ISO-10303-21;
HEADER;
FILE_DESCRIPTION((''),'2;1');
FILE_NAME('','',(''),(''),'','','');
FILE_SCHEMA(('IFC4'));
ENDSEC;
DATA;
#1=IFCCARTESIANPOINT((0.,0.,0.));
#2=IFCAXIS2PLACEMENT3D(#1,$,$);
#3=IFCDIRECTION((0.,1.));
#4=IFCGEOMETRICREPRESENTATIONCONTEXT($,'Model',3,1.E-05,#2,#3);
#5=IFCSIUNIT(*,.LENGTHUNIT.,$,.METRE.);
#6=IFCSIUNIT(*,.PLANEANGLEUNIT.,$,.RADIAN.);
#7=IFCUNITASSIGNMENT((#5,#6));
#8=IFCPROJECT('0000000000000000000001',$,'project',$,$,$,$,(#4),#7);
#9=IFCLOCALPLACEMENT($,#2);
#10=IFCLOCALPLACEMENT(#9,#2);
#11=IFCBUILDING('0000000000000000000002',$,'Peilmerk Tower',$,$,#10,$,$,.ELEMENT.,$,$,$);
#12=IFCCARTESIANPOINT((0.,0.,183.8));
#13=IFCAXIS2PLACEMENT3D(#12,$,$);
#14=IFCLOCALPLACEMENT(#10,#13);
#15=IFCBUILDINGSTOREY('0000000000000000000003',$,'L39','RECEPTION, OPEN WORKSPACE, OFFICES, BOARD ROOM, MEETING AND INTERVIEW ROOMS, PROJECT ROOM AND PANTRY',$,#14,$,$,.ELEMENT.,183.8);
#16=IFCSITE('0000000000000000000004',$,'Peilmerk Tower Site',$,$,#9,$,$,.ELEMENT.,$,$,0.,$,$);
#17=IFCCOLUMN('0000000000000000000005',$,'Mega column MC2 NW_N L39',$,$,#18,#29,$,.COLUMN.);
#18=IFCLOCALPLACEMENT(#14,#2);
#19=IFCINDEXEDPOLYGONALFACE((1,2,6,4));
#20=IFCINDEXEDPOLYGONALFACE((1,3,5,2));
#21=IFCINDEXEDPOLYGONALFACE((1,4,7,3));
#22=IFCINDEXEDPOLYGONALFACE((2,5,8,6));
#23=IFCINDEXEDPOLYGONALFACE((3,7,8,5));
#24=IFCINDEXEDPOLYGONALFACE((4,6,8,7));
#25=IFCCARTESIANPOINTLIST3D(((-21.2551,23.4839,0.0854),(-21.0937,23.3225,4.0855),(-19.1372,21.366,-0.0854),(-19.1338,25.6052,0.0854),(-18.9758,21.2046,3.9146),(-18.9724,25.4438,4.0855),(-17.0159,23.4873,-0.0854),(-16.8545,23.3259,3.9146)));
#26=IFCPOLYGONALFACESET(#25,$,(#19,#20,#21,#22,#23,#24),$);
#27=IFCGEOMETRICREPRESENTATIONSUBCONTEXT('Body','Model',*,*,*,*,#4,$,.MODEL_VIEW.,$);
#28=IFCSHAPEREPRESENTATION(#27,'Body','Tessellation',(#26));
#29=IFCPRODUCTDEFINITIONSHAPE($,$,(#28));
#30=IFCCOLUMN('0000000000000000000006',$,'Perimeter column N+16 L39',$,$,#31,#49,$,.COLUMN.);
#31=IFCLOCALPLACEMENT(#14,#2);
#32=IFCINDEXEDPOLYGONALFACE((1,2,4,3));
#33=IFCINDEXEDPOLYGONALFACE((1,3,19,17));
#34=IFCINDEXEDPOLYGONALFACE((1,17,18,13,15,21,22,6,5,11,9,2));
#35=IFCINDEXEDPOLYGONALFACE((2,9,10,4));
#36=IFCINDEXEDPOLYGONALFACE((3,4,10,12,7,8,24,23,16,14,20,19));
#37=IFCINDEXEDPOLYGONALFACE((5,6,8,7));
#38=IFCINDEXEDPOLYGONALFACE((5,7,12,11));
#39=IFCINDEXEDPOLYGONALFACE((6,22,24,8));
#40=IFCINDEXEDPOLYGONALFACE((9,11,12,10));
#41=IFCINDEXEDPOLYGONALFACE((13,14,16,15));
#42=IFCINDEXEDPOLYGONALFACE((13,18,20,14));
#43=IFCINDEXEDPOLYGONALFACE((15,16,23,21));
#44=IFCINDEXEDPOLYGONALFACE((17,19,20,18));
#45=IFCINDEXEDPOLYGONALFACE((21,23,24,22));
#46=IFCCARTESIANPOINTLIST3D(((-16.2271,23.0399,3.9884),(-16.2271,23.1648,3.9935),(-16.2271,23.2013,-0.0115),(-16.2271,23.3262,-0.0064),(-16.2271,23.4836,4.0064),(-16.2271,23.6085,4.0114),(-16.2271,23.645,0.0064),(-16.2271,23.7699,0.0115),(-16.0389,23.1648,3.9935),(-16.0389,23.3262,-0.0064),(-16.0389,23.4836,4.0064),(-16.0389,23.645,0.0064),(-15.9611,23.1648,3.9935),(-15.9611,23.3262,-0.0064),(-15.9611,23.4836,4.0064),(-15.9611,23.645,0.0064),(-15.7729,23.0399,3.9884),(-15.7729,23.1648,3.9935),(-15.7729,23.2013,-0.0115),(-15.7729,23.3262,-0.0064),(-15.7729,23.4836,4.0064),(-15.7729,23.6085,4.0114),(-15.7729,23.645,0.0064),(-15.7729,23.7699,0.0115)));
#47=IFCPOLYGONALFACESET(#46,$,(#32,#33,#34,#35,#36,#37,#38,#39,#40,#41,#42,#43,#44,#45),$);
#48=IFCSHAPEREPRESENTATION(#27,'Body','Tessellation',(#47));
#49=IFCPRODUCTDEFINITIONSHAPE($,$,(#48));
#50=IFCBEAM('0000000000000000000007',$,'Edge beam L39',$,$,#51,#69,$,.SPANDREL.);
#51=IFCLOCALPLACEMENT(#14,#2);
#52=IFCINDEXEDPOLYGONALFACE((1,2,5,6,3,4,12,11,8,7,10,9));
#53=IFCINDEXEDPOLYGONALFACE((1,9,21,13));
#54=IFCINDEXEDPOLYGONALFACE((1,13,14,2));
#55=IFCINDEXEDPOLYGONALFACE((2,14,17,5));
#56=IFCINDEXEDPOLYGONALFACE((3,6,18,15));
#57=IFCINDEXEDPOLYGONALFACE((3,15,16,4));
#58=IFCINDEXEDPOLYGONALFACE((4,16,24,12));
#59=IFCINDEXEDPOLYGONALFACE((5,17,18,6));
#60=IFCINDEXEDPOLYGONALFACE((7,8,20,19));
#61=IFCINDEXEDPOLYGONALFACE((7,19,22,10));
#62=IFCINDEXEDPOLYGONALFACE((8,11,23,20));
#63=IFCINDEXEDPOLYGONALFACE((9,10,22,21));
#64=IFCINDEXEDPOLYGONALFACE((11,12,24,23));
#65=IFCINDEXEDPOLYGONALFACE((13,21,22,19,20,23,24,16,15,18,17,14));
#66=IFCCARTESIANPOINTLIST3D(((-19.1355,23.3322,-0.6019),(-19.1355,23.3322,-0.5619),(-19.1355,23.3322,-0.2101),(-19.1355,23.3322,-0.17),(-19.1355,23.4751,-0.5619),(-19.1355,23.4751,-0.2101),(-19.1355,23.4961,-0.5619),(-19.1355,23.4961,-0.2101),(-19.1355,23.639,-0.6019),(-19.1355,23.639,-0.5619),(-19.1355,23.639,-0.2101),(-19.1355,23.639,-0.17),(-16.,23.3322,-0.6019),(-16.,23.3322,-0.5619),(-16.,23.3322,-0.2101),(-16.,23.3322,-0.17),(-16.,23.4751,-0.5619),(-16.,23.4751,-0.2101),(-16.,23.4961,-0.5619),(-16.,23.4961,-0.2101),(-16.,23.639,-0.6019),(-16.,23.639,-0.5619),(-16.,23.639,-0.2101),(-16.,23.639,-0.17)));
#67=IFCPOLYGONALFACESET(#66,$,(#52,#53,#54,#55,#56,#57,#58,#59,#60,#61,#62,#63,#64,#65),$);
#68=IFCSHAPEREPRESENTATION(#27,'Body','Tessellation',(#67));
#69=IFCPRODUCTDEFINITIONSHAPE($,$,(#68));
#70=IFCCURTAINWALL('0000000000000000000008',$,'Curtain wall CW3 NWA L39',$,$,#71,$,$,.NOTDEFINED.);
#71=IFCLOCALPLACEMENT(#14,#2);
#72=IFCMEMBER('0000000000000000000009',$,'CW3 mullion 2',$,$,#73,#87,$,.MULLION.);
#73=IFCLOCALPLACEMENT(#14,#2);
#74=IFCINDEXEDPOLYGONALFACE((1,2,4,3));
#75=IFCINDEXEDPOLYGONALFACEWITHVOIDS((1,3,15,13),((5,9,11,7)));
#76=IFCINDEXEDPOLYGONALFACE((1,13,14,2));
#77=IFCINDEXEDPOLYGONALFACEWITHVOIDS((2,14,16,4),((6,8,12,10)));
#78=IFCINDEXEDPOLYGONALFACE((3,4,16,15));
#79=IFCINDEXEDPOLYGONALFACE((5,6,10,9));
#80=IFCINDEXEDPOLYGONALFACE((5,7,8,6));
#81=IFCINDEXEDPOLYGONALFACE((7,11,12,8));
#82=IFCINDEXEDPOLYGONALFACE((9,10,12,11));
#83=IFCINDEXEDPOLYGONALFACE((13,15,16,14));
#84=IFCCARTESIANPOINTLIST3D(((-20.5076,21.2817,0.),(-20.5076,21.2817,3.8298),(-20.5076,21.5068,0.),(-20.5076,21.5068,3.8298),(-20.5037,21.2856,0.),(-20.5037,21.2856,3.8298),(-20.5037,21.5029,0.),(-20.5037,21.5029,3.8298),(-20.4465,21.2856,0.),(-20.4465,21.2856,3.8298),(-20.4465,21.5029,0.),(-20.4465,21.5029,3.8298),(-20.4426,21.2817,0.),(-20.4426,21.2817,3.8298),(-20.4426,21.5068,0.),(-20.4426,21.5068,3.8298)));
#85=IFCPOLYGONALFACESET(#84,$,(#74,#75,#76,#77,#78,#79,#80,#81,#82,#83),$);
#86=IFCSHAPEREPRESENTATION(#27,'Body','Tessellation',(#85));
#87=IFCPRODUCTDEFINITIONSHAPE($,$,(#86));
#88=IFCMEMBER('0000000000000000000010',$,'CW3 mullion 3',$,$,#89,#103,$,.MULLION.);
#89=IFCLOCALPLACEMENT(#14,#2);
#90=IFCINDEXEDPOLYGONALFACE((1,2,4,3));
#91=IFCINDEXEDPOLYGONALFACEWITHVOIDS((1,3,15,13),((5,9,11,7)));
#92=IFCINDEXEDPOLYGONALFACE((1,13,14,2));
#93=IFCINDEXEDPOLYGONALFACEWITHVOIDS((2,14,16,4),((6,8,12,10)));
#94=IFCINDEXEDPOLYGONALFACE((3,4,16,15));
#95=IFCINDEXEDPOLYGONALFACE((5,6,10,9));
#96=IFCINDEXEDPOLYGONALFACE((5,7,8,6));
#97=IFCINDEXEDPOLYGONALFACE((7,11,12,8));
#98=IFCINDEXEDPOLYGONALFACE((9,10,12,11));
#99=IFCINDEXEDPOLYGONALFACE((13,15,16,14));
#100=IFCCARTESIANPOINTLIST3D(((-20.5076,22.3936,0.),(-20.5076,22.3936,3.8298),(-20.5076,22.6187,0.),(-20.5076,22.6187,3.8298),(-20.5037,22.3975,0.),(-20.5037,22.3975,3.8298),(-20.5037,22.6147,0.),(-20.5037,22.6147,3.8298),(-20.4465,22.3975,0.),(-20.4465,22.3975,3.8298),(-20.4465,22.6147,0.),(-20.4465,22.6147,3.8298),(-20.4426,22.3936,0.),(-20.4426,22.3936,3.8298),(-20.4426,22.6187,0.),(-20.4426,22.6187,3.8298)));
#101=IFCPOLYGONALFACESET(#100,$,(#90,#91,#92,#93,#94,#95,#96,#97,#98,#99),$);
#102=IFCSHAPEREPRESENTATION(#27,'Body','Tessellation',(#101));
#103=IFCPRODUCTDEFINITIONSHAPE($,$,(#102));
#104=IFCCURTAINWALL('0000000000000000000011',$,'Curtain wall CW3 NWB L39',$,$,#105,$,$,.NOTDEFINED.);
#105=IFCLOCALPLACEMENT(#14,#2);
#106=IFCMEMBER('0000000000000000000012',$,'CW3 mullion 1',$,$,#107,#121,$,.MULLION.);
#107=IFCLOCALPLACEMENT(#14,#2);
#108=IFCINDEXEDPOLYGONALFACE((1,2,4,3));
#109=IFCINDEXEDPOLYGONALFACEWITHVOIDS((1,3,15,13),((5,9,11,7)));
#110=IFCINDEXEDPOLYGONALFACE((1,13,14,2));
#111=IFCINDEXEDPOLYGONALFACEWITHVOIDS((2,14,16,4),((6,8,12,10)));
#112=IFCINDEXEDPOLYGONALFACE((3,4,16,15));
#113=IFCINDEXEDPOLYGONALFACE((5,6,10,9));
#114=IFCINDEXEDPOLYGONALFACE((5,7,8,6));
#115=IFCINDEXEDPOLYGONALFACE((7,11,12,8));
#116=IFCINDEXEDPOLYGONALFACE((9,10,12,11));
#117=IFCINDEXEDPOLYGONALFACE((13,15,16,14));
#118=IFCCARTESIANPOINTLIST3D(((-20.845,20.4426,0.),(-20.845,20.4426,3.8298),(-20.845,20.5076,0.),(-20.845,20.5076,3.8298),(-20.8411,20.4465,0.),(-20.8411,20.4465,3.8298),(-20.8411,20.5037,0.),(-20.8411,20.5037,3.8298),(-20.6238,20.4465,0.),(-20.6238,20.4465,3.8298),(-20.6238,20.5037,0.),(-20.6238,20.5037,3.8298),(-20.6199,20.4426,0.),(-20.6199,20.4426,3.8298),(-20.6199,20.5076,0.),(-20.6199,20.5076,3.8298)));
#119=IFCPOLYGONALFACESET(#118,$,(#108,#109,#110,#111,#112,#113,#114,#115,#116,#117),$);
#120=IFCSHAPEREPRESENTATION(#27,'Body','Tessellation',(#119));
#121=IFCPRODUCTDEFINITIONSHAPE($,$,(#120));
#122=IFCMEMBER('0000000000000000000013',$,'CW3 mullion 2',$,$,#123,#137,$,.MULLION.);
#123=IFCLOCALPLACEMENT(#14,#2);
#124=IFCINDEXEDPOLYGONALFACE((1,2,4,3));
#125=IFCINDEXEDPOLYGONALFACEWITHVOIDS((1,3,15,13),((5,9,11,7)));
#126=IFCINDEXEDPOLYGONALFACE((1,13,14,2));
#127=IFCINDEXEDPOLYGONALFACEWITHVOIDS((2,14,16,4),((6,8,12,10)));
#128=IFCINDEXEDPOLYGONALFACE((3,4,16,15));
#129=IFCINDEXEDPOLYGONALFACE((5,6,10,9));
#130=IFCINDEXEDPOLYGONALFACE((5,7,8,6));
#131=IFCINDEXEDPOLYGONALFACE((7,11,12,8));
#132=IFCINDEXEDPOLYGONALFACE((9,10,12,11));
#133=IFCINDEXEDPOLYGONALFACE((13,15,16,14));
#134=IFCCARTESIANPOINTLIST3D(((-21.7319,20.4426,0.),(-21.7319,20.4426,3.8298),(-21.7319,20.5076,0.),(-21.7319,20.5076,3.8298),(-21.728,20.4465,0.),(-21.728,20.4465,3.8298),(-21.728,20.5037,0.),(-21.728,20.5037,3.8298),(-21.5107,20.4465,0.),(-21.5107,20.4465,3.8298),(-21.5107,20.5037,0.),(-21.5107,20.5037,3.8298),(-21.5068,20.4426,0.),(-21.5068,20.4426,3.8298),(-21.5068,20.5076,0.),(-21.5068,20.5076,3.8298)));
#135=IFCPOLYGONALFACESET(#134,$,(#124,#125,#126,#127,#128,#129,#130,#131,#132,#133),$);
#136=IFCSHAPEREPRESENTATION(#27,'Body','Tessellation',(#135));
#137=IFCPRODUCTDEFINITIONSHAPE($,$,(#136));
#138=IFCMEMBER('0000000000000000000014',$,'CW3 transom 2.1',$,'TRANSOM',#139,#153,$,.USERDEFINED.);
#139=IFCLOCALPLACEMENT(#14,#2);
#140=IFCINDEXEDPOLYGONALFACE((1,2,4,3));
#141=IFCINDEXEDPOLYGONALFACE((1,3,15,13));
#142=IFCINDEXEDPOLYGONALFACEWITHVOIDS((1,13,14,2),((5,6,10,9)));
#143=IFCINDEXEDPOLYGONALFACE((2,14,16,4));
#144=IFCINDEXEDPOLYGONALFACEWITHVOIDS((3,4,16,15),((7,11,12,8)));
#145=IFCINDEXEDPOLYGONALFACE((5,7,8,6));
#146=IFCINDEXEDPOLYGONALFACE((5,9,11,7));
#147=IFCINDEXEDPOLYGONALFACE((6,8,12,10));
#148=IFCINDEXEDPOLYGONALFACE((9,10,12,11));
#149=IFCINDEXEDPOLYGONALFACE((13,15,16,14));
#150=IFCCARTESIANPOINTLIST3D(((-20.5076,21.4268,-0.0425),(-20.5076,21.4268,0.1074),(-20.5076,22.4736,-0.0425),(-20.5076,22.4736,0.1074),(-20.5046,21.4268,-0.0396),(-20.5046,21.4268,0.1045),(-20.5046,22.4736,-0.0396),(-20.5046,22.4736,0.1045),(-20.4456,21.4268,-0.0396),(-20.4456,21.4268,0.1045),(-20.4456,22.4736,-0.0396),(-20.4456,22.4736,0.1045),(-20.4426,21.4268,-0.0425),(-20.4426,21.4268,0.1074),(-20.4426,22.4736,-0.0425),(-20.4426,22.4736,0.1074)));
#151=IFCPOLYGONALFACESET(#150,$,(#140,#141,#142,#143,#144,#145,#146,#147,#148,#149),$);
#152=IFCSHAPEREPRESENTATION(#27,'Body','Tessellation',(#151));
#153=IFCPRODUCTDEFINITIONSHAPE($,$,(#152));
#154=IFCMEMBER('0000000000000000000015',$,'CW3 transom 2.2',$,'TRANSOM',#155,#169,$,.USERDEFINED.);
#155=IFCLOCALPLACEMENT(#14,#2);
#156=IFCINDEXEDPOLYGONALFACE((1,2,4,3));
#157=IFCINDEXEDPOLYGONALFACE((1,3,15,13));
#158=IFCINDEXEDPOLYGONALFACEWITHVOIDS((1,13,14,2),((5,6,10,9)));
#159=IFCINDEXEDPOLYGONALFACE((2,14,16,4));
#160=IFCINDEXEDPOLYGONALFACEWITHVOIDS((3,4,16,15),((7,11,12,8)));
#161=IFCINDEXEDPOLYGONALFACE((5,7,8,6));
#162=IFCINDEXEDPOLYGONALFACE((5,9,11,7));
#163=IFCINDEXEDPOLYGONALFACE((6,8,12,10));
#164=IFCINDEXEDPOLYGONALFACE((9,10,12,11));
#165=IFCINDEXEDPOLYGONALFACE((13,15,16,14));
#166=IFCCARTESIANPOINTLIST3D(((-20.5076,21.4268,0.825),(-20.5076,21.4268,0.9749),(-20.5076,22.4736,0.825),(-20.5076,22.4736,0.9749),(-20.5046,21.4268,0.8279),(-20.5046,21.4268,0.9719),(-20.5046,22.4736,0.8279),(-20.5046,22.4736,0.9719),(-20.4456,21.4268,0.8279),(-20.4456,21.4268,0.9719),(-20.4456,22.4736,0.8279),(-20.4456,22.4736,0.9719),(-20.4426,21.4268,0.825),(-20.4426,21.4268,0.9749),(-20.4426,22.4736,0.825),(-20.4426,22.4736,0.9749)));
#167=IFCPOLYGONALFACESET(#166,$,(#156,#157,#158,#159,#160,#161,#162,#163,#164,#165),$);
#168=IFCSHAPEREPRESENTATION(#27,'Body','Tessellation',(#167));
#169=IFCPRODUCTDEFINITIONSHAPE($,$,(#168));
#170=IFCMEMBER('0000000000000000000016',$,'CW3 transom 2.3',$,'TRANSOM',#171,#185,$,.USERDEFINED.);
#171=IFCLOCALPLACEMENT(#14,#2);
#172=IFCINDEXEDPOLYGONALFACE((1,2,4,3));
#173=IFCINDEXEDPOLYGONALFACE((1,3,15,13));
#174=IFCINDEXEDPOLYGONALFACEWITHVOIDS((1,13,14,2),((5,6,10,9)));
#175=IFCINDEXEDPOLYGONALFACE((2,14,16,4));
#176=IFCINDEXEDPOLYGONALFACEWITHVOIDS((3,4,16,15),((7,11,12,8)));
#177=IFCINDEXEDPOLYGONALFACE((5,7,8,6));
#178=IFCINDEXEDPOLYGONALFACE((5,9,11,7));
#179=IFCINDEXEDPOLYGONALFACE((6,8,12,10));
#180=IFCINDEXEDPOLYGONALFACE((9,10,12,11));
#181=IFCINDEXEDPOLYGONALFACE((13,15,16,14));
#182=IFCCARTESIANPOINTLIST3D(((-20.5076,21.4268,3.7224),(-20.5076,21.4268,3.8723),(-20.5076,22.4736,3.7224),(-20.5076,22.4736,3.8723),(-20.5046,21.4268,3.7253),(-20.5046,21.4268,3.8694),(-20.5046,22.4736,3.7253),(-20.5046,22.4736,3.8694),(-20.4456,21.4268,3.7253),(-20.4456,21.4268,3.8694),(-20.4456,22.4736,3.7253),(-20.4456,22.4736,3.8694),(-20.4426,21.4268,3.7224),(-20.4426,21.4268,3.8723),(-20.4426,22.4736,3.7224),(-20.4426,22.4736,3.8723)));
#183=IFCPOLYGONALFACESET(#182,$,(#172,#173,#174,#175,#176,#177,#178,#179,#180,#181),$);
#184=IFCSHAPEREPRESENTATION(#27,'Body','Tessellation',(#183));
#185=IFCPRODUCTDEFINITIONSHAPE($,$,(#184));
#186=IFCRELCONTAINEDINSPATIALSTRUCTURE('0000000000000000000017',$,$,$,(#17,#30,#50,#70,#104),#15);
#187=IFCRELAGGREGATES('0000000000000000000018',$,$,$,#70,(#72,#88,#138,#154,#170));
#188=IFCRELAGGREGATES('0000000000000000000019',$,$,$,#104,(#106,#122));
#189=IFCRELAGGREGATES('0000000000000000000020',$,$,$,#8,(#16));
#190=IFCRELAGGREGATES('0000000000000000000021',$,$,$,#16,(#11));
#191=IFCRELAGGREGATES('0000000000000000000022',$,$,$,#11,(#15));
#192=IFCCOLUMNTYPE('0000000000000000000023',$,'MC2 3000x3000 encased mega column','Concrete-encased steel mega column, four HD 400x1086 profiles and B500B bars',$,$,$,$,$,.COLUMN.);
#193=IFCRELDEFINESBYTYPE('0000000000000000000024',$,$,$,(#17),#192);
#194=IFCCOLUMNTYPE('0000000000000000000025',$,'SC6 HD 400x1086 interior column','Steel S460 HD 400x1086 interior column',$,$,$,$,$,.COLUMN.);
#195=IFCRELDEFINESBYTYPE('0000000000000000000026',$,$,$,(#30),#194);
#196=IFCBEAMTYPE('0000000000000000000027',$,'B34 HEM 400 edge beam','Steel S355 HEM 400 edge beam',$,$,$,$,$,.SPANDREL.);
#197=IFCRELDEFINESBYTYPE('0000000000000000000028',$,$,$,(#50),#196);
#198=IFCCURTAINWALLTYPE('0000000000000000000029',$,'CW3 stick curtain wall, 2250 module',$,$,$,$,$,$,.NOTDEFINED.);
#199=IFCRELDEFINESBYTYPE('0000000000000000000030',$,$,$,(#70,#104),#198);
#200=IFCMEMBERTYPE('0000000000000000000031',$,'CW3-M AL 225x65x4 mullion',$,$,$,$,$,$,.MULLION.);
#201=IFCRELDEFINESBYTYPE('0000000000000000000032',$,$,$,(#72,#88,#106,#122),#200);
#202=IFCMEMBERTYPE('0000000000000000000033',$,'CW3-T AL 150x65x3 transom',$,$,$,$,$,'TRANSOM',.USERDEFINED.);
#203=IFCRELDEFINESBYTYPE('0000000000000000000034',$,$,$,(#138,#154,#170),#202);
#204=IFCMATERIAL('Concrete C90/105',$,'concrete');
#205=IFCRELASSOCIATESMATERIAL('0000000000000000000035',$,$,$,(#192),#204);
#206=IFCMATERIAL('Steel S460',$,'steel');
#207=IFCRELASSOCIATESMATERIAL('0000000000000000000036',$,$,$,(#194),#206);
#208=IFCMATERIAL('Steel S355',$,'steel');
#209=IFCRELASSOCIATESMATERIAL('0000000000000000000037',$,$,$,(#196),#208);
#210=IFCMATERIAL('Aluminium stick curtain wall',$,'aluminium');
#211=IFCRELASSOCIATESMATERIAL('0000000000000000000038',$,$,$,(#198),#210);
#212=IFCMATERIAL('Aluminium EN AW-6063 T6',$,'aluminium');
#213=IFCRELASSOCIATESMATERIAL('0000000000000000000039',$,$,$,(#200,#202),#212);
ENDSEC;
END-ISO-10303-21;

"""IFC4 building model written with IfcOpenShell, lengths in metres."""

from ifc_helpers import new_model, si_unit, direction, frame, origin, origin_2d, place, context, subcontext, project, spatial, rectangle, hollow_rectangle, i_section, extrude, material, material_profile, profile_set, type_object, element, aggregate, save


model = new_model("IFC4")

# Units and contexts
model_context = context("Model", 3, precision=1e-05, world=origin(), true_north=direction((0.0, 1.0)))
body_context = subcontext(model_context, "Body", "Model", "MODEL_VIEW")
ifc_project = project(units=[si_unit("LENGTHUNIT", "METRE"), si_unit("PLANEANGLEUNIT", "RADIAN")], contexts=[model_context])

# Site, building, storey
site_placement = place(None, origin())
site = spatial("IfcSite", under=ifc_project, at=site_placement, Name="Peilmerk Tower Site", CompositionType="ELEMENT", RefElevation=0.0)
building_placement = place(site_placement, origin())
building = spatial("IfcBuilding", under=site, at=building_placement, Name="Peilmerk Tower", CompositionType="ELEMENT")
storey_placement = place(building_placement, frame((0.0, 0.0, 183.8)))
storey = spatial("IfcBuildingStorey", under=building, at=storey_placement, Name="L39", Description="RECEPTION, OPEN WORKSPACE, OFFICES, BOARD ROOM, MEETING AND INTERVIEW ROOMS, PROJECT ROOM AND PANTRY", CompositionType="ELEMENT", Elevation=183.8)

# Columns
ifc_material_1 = material(Name="Concrete C90/105", Category="concrete")
ifc_material_profile_1 = material_profile(ifc_material_1, rectangle(XDim=3.0, YDim=3.0, at=origin_2d()), Name="RC 3000x3000")
ifc_profile_set_1 = profile_set([ifc_material_profile_1], Name="Concrete C90/105")
column_type_1 = type_object("IfcColumnType", Name="MC2 3000x3000 encased mega column", Description="Concrete-encased steel mega column, four HD 400x1086 profiles and B500B bars", PredefinedType="COLUMN", material=ifc_profile_set_1)
column_1_placement = place(storey_placement, frame((-19.1355, 23.4856, 0.0), z_axis=(0.040279, -0.040279, 0.998376), x_axis=(0.707107, 0.707107, 0.0)))
element("IfcColumn", 1, at=column_1_placement, inside=storey, type_object=column_type_1, Name="Mega column MC2 NW_N L39", PredefinedType="COLUMN", context=body_context, shape_type="SweptSolid", body=[
    extrude(rectangle(XDim=3.0, YDim=3.0, at=origin_2d()), origin(), (0.0, 0.0, 1.0), 4.0066),
])
ifc_material_2 = material(Name="Steel S460", Category="steel")
ifc_material_profile_2 = material_profile(ifc_material_2, i_section(OverallWidth=0.4541, OverallDepth=0.5691, WebThickness=0.0779, FlangeThickness=0.125, at=origin_2d()), Name="HD 400x1086")
ifc_profile_set_2 = profile_set([ifc_material_profile_2], Name="Steel S460")
column_type_2 = type_object("IfcColumnType", Name="SC6 HD 400x1086 interior column", Description="Steel S460 HD 400x1086 interior column", PredefinedType="COLUMN", material=ifc_profile_set_2)
column_2_placement = place(storey_placement, frame((-16.0, 23.4856, 0.0), z_axis=(0.0, -0.040311, 0.999187), x_axis=(1.0, 0.0, 0.0)))
element("IfcColumn", 2, at=column_2_placement, inside=storey, type_object=column_type_2, Name="Perimeter column N+16 L39", PredefinedType="COLUMN", context=body_context, shape_type="SweptSolid", body=[
    extrude(i_section(OverallWidth=0.4541, OverallDepth=0.5691, WebThickness=0.0779, FlangeThickness=0.125, at=origin_2d()), origin(), (0.0, 0.0, 1.0), 4.0032),
])

# Beam
ifc_material_3 = material(Name="Steel S355", Category="steel")
ifc_material_profile_3 = material_profile(ifc_material_3, i_section(OverallWidth=0.3069, OverallDepth=0.4319, WebThickness=0.021, FlangeThickness=0.04, at=origin_2d()), Name="HEM 400")
ifc_profile_set_3 = profile_set([ifc_material_profile_3], Name="Steel S355")
beam_type = type_object("IfcBeamType", Name="B34 HEM 400 edge beam", Description="Steel S355 HEM 400 edge beam", PredefinedType="SPANDREL", material=ifc_profile_set_3)
beam_placement = place(storey_placement, frame((-16.0, 23.4856, -0.386), z_axis=(-1.0, 0.0, 0.0), x_axis=(0.0, -1.0, 0.0)))
element("IfcBeam", 3, at=beam_placement, inside=storey, type_object=beam_type, Name="Edge beam L39", PredefinedType="SPANDREL", context=body_context, shape_type="SweptSolid", body=[
    extrude(i_section(OverallWidth=0.3069, OverallDepth=0.4319, WebThickness=0.021, FlangeThickness=0.04, at=origin_2d()), origin(), (0.0, 0.0, 1.0), 3.1355),
])

# Curtain walls, members
ifc_material_4 = material(Name="Aluminium stick curtain wall", Category="aluminium")
curtain_wall_type = type_object("IfcCurtainWallType", Name="CW3 stick curtain wall, 2250 module", PredefinedType="NOTDEFINED", material=ifc_material_4)
curtain_wall_1_placement = place(storey_placement, origin())
curtain_wall_1 = element("IfcCurtainWall", 4, at=curtain_wall_1_placement, inside=storey, type_object=curtain_wall_type, Name="Curtain wall CW3 NWA L39", PredefinedType="NOTDEFINED")
ifc_material_5 = material(Name="Aluminium EN AW-6063 T6", Category="aluminium")
ifc_material_profile_4 = material_profile(ifc_material_5, hollow_rectangle(XDim=0.0649, YDim=0.2251, WallThickness=0.0039, at=origin_2d()), Name="AL 225x65x4")
ifc_profile_set_4 = profile_set([ifc_material_profile_4], Name="Aluminium EN AW-6063 T6")
member_type_1 = type_object("IfcMemberType", Name="CW3-M AL 225x65x4 mullion", PredefinedType="MULLION", material=ifc_profile_set_4)
member_1_placement = place(storey_placement, frame((-20.4751, 21.3943, 0.0), z_axis=(0.0, 0.0, 1.0), x_axis=(-1.0, 0.0, 0.0)))
member_1 = element("IfcMember", 5, at=member_1_placement, type_object=member_type_1, Name="CW3 mullion 2", PredefinedType="MULLION", context=body_context, shape_type="SweptSolid", body=[
    extrude(hollow_rectangle(XDim=0.0649, YDim=0.2251, WallThickness=0.0039, at=origin_2d()), origin(), (0.0, 0.0, 1.0), 3.8298),
])
member_2_placement = place(storey_placement, frame((-20.4751, 22.5061, 0.0), z_axis=(0.0, 0.0, 1.0), x_axis=(-1.0, 0.0, 0.0)))
member_2 = element("IfcMember", 6, at=member_2_placement, type_object=member_type_1, Name="CW3 mullion 3", PredefinedType="MULLION", context=body_context, shape_type="SweptSolid", body=[
    extrude(hollow_rectangle(XDim=0.0649, YDim=0.2251, WallThickness=0.0039, at=origin_2d()), origin(), (0.0, 0.0, 1.0), 3.8298),
])
curtain_wall_2_placement = place(storey_placement, origin())
curtain_wall_2 = element("IfcCurtainWall", 7, at=curtain_wall_2_placement, inside=storey, type_object=curtain_wall_type, Name="Curtain wall CW3 NWB L39", PredefinedType="NOTDEFINED")
member_3_placement = place(storey_placement, frame((-20.7324, 20.4751, 0.0), z_axis=(0.0, 0.0, 1.0), x_axis=(0.0, -1.0, 0.0)))
member_3 = element("IfcMember", 8, at=member_3_placement, type_object=member_type_1, Name="CW3 mullion 1", PredefinedType="MULLION", context=body_context, shape_type="SweptSolid", body=[
    extrude(hollow_rectangle(XDim=0.0649, YDim=0.2251, WallThickness=0.0039, at=origin_2d()), origin(), (0.0, 0.0, 1.0), 3.8298),
])
member_4_placement = place(storey_placement, frame((-21.6194, 20.4751, 0.0), z_axis=(0.0, 0.0, 1.0), x_axis=(0.0, -1.0, 0.0)))
member_4 = element("IfcMember", 9, at=member_4_placement, type_object=member_type_1, Name="CW3 mullion 2", PredefinedType="MULLION", context=body_context, shape_type="SweptSolid", body=[
    extrude(hollow_rectangle(XDim=0.0649, YDim=0.2251, WallThickness=0.0039, at=origin_2d()), origin(), (0.0, 0.0, 1.0), 3.8298),
])

# Members
ifc_material_profile_5 = material_profile(ifc_material_5, hollow_rectangle(XDim=0.0649, YDim=0.1499, WallThickness=0.0029, at=origin_2d()), Name="AL 150x65x3")
ifc_profile_set_5 = profile_set([ifc_material_profile_5], Name="Aluminium EN AW-6063 T6")
member_type_2 = type_object("IfcMemberType", Name="CW3-T AL 150x65x3 transom", ElementType="TRANSOM", PredefinedType="USERDEFINED", material=ifc_profile_set_5)
member_5_placement = place(storey_placement, frame((-20.4751, 21.4268, 0.0325), z_axis=(0.0, 1.0, 0.0), x_axis=(-1.0, 0.0, 0.0)))
member_5 = element("IfcMember", 10, at=member_5_placement, type_object=member_type_2, Name="CW3 transom 2.1", ObjectType="TRANSOM", PredefinedType="USERDEFINED", context=body_context, shape_type="SweptSolid", body=[
    extrude(hollow_rectangle(XDim=0.0649, YDim=0.1499, WallThickness=0.0029, at=origin_2d()), origin(), (0.0, 0.0, 1.0), 1.0469),
])
member_6_placement = place(storey_placement, frame((-20.4751, 21.4268, 0.8999), z_axis=(0.0, 1.0, 0.0), x_axis=(-1.0, 0.0, 0.0)))
member_6 = element("IfcMember", 11, at=member_6_placement, type_object=member_type_2, Name="CW3 transom 2.2", ObjectType="TRANSOM", PredefinedType="USERDEFINED", context=body_context, shape_type="SweptSolid", body=[
    extrude(hollow_rectangle(XDim=0.0649, YDim=0.1499, WallThickness=0.0029, at=origin_2d()), origin(), (0.0, 0.0, 1.0), 1.0469),
])
member_7_placement = place(storey_placement, frame((-20.4751, 21.4268, 3.7974), z_axis=(0.0, 1.0, 0.0), x_axis=(-1.0, 0.0, 0.0)))
member_7 = element("IfcMember", 12, at=member_7_placement, type_object=member_type_2, Name="CW3 transom 2.3", ObjectType="TRANSOM", PredefinedType="USERDEFINED", context=body_context, shape_type="SweptSolid", body=[
    extrude(hollow_rectangle(XDim=0.0649, YDim=0.1499, WallThickness=0.0029, at=origin_2d()), origin(), (0.0, 0.0, 1.0), 1.0469),
])

aggregate(curtain_wall_1, [member_1, member_2, member_5, member_6, member_7])
aggregate(curtain_wall_2, [member_3, member_4])

save(model, "model.ifc")
